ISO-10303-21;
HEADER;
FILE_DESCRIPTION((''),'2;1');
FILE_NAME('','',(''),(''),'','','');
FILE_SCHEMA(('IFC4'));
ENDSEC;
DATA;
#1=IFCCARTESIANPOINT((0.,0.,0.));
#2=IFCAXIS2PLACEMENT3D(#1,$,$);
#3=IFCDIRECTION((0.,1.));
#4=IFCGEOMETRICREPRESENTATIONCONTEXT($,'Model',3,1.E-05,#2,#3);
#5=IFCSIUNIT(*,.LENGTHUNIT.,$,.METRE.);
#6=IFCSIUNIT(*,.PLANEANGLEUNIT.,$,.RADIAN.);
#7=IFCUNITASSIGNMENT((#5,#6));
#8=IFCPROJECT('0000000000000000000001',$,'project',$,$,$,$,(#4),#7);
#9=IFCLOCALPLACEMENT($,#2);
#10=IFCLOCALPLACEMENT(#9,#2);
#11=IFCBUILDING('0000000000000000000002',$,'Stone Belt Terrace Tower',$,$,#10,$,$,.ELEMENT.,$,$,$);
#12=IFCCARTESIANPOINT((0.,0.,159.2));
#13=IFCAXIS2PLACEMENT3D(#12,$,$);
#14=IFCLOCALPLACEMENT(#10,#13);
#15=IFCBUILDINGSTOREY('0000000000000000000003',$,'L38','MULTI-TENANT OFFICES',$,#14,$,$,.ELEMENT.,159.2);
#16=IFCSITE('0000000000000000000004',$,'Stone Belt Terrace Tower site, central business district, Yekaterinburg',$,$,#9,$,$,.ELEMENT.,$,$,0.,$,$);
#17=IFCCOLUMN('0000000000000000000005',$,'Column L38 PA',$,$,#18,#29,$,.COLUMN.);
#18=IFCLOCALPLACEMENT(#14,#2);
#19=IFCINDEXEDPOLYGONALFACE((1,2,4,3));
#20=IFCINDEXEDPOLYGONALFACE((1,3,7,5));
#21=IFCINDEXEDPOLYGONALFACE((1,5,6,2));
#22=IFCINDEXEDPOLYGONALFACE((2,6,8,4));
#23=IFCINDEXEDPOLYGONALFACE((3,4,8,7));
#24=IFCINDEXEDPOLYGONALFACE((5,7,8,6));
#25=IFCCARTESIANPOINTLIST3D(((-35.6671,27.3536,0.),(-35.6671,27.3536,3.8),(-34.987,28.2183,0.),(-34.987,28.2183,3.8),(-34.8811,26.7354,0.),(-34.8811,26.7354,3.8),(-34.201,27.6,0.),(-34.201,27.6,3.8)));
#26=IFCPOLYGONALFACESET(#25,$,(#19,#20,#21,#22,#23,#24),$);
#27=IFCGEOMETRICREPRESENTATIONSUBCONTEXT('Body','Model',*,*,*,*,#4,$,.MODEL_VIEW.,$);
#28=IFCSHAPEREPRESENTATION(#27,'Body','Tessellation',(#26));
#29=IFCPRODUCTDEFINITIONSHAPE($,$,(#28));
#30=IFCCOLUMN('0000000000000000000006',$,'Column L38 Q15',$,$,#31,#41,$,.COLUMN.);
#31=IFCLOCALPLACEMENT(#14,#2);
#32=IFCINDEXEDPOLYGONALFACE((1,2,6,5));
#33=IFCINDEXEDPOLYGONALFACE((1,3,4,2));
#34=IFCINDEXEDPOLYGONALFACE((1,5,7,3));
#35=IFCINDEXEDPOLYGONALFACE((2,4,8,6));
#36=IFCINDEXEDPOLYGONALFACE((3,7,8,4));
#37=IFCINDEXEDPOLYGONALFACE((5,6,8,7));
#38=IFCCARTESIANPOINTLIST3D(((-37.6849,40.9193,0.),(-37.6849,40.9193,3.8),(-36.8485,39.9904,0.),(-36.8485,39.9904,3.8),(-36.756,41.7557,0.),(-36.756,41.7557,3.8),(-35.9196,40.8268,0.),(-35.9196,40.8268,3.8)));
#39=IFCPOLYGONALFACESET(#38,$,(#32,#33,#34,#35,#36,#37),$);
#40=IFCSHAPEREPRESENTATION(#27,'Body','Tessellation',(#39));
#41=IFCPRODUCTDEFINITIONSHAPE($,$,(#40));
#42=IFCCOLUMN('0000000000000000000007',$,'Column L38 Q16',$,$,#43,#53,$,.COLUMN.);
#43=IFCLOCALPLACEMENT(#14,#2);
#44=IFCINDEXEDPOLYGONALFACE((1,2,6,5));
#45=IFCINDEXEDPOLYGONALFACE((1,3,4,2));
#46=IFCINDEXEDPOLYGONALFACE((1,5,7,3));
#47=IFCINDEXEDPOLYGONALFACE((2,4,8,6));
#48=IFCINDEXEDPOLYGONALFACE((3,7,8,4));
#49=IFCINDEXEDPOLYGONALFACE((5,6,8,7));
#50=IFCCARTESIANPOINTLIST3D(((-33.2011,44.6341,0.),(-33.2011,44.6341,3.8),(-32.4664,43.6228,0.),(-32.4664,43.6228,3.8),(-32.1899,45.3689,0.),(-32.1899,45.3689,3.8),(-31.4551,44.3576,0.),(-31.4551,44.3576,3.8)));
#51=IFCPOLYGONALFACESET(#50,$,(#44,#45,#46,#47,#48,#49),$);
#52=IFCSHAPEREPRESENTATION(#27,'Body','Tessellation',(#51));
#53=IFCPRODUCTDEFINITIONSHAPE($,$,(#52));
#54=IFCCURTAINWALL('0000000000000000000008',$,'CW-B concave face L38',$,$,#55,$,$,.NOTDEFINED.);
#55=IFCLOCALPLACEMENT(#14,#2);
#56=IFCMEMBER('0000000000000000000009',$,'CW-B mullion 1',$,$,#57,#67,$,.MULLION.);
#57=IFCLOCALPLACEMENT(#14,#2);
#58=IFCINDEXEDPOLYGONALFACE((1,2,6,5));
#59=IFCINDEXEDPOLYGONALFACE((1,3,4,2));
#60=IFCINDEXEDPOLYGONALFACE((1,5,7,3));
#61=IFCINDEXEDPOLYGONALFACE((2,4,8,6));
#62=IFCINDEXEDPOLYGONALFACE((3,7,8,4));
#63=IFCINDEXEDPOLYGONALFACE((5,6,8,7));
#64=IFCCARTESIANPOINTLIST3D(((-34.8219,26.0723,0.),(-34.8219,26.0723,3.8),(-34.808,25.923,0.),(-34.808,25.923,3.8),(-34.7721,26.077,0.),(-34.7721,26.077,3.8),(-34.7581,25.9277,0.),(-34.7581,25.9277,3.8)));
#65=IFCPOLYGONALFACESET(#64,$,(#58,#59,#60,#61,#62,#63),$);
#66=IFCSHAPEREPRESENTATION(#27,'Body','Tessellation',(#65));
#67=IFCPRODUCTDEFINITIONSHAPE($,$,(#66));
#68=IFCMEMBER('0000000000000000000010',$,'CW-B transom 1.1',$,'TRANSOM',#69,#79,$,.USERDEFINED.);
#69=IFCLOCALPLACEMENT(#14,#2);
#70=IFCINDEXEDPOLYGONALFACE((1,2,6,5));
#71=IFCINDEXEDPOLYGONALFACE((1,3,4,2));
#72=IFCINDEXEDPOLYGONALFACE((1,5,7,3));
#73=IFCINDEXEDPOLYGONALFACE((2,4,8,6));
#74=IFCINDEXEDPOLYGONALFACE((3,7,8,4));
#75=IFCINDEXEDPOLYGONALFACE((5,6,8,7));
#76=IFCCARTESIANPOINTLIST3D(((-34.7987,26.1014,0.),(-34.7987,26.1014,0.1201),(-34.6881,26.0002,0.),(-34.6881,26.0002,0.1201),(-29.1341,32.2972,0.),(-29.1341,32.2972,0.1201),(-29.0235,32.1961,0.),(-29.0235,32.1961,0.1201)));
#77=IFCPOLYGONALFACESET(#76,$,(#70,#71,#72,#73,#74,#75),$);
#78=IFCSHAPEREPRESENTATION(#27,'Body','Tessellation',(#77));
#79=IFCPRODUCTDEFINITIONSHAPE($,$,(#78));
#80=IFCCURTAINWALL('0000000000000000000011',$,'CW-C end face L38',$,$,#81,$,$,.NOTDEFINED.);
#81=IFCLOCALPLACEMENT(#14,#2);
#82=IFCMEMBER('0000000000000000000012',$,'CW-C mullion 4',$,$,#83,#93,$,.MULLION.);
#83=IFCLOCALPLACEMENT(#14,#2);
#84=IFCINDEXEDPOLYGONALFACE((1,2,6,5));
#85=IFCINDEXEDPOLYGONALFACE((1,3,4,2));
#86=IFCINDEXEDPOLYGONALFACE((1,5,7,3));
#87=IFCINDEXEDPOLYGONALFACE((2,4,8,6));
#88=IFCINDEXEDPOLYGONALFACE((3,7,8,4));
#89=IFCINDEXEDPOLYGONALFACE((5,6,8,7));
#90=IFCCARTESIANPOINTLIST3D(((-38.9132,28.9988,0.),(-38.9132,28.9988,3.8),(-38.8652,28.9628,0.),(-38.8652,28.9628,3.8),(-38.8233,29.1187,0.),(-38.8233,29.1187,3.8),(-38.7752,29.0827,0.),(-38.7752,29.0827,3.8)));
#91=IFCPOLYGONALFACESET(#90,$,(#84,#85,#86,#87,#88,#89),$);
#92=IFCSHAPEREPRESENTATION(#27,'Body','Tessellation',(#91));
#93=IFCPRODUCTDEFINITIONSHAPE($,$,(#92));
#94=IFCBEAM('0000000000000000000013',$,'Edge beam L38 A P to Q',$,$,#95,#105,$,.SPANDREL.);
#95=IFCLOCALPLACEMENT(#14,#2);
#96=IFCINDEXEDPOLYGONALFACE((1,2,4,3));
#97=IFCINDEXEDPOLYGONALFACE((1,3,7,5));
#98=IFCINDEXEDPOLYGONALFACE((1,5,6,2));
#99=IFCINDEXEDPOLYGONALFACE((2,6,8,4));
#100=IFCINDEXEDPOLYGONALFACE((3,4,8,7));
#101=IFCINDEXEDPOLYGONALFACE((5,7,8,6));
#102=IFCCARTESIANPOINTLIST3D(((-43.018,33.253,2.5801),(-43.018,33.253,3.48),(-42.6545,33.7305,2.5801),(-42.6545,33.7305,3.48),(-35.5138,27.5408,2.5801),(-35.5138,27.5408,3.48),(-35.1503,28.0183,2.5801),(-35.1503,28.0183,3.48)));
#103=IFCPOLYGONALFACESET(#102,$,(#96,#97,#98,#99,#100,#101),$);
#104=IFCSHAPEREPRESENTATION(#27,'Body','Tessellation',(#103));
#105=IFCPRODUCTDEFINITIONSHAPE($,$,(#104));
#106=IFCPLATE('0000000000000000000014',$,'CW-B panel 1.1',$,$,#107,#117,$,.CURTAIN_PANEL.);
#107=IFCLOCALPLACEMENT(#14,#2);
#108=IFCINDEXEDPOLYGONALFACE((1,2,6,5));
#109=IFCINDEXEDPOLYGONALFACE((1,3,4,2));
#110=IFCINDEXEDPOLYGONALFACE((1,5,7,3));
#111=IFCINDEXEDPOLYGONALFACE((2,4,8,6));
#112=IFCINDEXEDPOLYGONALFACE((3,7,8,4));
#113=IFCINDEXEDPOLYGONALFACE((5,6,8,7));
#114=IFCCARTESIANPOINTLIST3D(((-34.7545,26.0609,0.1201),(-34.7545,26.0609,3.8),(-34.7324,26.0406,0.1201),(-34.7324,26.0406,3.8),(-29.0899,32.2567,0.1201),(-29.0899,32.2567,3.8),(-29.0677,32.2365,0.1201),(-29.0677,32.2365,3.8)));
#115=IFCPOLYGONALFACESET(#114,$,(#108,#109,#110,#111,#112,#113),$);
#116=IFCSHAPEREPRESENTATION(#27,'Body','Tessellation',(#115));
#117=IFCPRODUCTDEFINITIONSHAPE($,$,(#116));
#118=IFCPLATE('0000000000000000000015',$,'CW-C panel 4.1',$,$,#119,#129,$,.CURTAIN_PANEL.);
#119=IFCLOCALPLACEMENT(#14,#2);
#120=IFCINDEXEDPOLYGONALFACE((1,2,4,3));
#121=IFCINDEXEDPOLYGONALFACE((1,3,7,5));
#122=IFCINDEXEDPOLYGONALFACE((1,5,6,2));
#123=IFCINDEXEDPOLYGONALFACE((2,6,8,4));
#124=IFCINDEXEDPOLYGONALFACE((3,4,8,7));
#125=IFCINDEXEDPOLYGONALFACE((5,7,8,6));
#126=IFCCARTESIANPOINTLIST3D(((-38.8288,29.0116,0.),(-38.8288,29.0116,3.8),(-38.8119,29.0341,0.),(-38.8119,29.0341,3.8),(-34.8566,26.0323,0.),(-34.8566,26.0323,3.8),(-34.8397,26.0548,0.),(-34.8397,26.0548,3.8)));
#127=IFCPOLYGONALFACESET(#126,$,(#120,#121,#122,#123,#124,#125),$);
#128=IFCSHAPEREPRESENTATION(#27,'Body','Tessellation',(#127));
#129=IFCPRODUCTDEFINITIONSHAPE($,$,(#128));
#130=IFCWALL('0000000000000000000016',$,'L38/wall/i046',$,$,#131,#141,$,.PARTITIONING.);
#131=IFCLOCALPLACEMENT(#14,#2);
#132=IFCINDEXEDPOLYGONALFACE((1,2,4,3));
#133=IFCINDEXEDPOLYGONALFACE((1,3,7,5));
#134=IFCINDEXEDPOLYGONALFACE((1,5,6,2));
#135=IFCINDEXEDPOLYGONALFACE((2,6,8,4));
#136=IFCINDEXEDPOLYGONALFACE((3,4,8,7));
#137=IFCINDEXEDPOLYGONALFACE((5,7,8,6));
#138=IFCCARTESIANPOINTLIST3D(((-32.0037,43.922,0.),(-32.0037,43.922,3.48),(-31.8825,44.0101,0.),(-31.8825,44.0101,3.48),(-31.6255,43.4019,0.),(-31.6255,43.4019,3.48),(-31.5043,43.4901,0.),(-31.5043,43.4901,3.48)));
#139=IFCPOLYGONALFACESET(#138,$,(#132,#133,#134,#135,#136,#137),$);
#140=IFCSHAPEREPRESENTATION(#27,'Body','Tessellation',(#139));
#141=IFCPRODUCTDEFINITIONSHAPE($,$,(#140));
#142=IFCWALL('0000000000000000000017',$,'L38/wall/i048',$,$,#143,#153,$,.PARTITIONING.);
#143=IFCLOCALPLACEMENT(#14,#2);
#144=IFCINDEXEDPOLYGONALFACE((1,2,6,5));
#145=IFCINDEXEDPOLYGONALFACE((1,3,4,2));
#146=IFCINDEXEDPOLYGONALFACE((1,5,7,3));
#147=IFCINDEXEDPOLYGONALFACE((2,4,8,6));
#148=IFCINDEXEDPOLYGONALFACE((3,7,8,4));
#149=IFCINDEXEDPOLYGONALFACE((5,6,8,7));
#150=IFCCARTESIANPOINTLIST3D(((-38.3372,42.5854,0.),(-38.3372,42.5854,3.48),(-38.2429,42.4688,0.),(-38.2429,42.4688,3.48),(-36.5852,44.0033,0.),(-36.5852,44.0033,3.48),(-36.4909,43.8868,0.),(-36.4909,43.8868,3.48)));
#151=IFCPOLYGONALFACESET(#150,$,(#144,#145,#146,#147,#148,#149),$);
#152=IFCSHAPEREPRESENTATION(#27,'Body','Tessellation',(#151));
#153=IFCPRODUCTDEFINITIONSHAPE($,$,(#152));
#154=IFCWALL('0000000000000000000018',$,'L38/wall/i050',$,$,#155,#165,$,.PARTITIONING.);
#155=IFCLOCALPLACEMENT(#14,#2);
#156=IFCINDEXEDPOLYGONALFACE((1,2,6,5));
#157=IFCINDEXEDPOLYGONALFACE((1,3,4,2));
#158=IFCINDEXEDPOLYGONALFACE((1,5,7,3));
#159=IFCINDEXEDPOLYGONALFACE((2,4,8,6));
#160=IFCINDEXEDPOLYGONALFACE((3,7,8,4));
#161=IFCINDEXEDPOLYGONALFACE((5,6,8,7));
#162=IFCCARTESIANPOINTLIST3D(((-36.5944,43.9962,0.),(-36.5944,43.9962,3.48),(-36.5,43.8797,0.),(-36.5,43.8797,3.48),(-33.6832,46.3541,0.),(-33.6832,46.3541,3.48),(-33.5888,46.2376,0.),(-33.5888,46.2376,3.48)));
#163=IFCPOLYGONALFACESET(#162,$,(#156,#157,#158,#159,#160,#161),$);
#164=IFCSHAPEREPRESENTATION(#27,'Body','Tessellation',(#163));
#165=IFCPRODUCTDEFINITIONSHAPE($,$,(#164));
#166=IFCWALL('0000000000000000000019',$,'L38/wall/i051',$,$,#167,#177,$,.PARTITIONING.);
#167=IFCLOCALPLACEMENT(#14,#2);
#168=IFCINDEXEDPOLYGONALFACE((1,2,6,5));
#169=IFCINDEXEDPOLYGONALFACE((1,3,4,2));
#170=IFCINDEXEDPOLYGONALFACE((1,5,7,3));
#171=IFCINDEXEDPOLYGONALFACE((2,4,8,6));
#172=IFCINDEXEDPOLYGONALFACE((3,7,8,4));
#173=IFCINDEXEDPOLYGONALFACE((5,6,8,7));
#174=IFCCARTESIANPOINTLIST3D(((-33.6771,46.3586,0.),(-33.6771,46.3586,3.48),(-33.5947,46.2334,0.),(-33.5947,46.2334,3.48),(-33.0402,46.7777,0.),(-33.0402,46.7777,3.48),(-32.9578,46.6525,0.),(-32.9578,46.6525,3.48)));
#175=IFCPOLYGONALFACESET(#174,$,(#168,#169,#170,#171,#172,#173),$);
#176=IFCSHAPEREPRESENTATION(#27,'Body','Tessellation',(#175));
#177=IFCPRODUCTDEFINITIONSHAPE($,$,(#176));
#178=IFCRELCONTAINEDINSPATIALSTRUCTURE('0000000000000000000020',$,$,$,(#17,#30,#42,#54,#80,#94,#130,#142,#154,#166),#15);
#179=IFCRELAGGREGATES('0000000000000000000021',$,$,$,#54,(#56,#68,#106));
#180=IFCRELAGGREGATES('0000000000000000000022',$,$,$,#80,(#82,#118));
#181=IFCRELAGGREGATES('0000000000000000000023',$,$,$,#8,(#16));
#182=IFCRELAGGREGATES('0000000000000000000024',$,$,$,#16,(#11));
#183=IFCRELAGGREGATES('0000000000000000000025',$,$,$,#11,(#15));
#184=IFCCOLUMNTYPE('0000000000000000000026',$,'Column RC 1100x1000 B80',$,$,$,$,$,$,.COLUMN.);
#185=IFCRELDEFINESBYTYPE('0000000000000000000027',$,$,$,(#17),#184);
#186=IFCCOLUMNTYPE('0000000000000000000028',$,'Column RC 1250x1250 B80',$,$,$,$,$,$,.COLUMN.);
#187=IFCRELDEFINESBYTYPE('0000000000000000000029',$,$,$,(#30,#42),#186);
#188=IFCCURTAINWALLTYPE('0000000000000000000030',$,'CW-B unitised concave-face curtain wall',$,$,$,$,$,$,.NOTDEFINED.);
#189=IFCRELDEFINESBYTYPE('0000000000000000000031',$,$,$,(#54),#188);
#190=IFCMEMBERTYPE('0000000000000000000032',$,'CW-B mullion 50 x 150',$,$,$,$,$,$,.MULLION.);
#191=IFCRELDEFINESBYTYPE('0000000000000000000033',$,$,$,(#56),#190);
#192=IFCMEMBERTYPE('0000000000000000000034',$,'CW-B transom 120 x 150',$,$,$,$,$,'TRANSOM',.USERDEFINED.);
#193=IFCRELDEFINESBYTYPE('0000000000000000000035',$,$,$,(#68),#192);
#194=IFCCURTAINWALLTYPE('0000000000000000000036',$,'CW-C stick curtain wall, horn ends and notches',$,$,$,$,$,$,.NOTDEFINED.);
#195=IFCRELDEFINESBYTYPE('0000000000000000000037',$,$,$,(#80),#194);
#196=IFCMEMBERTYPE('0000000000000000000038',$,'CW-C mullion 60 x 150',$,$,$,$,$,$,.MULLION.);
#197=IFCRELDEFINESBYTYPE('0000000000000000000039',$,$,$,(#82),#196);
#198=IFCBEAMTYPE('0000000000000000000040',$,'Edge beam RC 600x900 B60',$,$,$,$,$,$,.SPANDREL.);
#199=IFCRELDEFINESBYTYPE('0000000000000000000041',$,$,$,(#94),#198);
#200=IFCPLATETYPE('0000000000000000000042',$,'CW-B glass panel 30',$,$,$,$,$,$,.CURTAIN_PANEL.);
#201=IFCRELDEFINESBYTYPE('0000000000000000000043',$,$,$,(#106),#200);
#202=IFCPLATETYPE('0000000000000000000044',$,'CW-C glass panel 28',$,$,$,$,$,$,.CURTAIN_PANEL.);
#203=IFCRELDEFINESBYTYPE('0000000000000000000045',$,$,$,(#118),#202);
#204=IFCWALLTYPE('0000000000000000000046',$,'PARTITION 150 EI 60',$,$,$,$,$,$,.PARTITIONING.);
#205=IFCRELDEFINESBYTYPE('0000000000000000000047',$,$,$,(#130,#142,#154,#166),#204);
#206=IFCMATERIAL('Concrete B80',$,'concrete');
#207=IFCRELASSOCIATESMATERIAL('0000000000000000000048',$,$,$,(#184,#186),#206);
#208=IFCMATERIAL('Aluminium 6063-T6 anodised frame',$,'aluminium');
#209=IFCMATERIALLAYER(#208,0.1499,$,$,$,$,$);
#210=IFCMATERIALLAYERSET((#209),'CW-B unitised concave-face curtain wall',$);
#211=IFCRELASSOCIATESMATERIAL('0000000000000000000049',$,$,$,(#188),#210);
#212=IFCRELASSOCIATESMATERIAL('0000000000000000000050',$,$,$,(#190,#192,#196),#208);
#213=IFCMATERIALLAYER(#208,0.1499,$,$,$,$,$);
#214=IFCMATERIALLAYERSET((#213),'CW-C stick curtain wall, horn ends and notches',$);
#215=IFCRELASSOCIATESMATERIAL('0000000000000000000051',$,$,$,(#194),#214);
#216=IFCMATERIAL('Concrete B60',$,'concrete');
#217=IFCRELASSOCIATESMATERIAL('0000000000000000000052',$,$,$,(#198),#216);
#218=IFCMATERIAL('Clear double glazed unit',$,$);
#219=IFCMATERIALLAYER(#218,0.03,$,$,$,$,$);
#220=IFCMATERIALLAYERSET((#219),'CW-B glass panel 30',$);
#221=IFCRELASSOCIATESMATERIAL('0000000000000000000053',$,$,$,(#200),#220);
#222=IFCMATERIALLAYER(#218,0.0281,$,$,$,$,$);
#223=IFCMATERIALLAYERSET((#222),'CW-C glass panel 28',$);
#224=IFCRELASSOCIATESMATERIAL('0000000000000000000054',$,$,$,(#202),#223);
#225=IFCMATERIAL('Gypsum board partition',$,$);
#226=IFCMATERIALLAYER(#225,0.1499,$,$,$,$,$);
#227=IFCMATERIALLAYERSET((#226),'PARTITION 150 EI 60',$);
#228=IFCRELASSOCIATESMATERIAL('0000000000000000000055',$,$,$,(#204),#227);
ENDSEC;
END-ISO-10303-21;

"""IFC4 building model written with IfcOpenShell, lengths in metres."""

from ifc_helpers import new_model, si_unit, direction, frame, frame_2d, origin, origin_2d, place, context, subcontext, project, spatial, rectangle, extrude, material, layer, layer_set, material_profile, profile_set, type_object, element, aggregate, save


model = new_model("IFC4")

# Units and contexts
model_context = context("Model", 3, precision=1e-05, world=origin(), true_north=direction((0.0, 1.0)))
body_context = subcontext(model_context, "Body", "Model", "MODEL_VIEW")
ifc_project = project(units=[si_unit("LENGTHUNIT", "METRE"), si_unit("PLANEANGLEUNIT", "RADIAN")], contexts=[model_context])

# Site, building, storey
site_placement = place(None, origin())
site = spatial("IfcSite", under=ifc_project, at=site_placement, Name="Stone Belt Terrace Tower site, central business district, Yekaterinburg", CompositionType="ELEMENT", RefElevation=0.0)
building_placement = place(site_placement, origin())
building = spatial("IfcBuilding", under=site, at=building_placement, Name="Stone Belt Terrace Tower", CompositionType="ELEMENT")
storey_placement = place(building_placement, frame((0.0, 0.0, 159.2)))
storey = spatial("IfcBuildingStorey", under=building, at=storey_placement, Name="L38", Description="MULTI-TENANT OFFICES", CompositionType="ELEMENT", Elevation=159.2)

# Columns
ifc_material_1 = material(Name="Concrete B80", Category="concrete")
ifc_material_profile_1 = material_profile(ifc_material_1, rectangle(XDim=1.1001, YDim=1.0, at=origin_2d()), Name="RC 1100x1000")
ifc_profile_set_1 = profile_set([ifc_material_profile_1], Name="Concrete B80")
column_type_1 = type_object("IfcColumnType", Name="Column RC 1100x1000 B80", PredefinedType="COLUMN", material=ifc_profile_set_1)
column_placement = place(storey_placement, frame((-34.9341, 27.4768, 0.0), z_axis=(0.0, 0.0, 1.0), x_axis=(0.618218, 0.786007, 0.0)))
element("IfcColumn", 1, at=column_placement, inside=storey, type_object=column_type_1, Name="Column L38 PA", PredefinedType="COLUMN", context=body_context, shape_type="SweptSolid", body=[
    extrude(rectangle(XDim=1.1001, YDim=1.0, at=origin_2d()), origin(), (0.0, 0.0, 1.0), 3.8),
])
ifc_material_profile_2 = material_profile(ifc_material_1, rectangle(XDim=1.25, YDim=1.25, at=origin_2d()), Name="RC 1250x1250")
ifc_profile_set_2 = profile_set([ifc_material_profile_2], Name="Concrete B80")
column_type_2 = type_object("IfcColumnType", Name="Column RC 1250x1250 B80", PredefinedType="COLUMN", material=ifc_profile_set_2)
for number, where, z_axis, x_axis, name in (
    (2, (-36.8022, 40.873, 0.0), (0.0, 0.0, 1.0), (0.743145, 0.669131, 0.0), "Column L38 Q15"),
    (3, (-32.3281, 44.4958, 0.0), (0.0, 0.0, 1.0), (0.809017, 0.587785, 0.0), "Column L38 Q16"),
):
    element("IfcColumn", number, at=place(storey_placement, frame(where, z_axis=z_axis, x_axis=x_axis)), inside=storey, type_object=column_type_2, Name=name, PredefinedType="COLUMN", context=body_context, shape_type="SweptSolid", body=[
        extrude(rectangle(XDim=1.25, YDim=1.25, at=origin_2d()), origin(), (0.0, 0.0, 1.0), 3.8),
    ])

# Curtain wall, members
ifc_material_2 = material(Name="Aluminium 6063-T6 anodised frame", Category="aluminium")
ifc_layer_1 = layer(ifc_material_2, 0.1499)
ifc_layer_set_1 = layer_set([ifc_layer_1], Name="CW-B unitised concave-face curtain wall")
curtain_wall_type_1 = type_object("IfcCurtainWallType", Name="CW-B unitised concave-face curtain wall", PredefinedType="NOTDEFINED", material=ifc_layer_set_1)
curtain_wall_1_placement = place(storey_placement, origin())
curtain_wall_1 = element("IfcCurtainWall", 4, at=curtain_wall_1_placement, inside=storey, type_object=curtain_wall_type_1, Name="CW-B concave face L38", PredefinedType="NOTDEFINED")
ifc_material_profile_3 = material_profile(ifc_material_2, rectangle(XDim=0.1499, YDim=0.05, at=origin_2d()), Name="Aluminium 6063-T6 50x150")
ifc_profile_set_3 = profile_set([ifc_material_profile_3], Name="Aluminium 6063-T6 anodised frame")
member_type_1 = type_object("IfcMemberType", Name="CW-B mullion 50 x 150", PredefinedType="MULLION", material=ifc_profile_set_3)
member_1_placement = place(storey_placement, frame((-34.79, 26.0, 0.0), z_axis=(0.0, 0.0, 1.0), x_axis=(-0.093181, 0.995649, 0.0)))
member_1 = element("IfcMember", 5, at=member_1_placement, type_object=member_type_1, Name="CW-B mullion 1", PredefinedType="MULLION", context=body_context, shape_type="SweptSolid", body=[
    extrude(rectangle(XDim=0.1499, YDim=0.05, at=origin_2d()), origin(), (0.0, 0.0, 1.0), 3.8),
])
ifc_material_profile_4 = material_profile(ifc_material_2, rectangle(XDim=0.1499, YDim=0.1201, at=origin_2d()), Name="Aluminium 6063-T6 150x120")
ifc_profile_set_4 = profile_set([ifc_material_profile_4], Name="Aluminium 6063-T6 anodised frame")
member_type_2 = type_object("IfcMemberType", Name="CW-B transom 120 x 150", ElementType="TRANSOM", PredefinedType="USERDEFINED", material=ifc_profile_set_4)
member_2_placement = place(storey_placement, frame((-34.7434, 26.0508, 0.0601), z_axis=(0.674757, 0.73804, 0.0), x_axis=(-0.73804, 0.674757, 0.0)))
member_2 = element("IfcMember", 6, at=member_2_placement, type_object=member_type_2, Name="CW-B transom 1.1", ObjectType="TRANSOM", PredefinedType="USERDEFINED", context=body_context, shape_type="SweptSolid", body=[
    extrude(rectangle(XDim=0.1499, YDim=0.1201, at=origin_2d()), origin(), (0.0, 0.0, 1.0), 8.395),
])

# Curtain wall, member
ifc_layer_2 = layer(ifc_material_2, 0.1499)
ifc_layer_set_2 = layer_set([ifc_layer_2], Name="CW-C stick curtain wall, horn ends and notches")
curtain_wall_type_2 = type_object("IfcCurtainWallType", Name="CW-C stick curtain wall, horn ends and notches", PredefinedType="NOTDEFINED", material=ifc_layer_set_2)
curtain_wall_2_placement = place(storey_placement, origin())
curtain_wall_2 = element("IfcCurtainWall", 7, at=curtain_wall_2_placement, inside=storey, type_object=curtain_wall_type_2, Name="CW-C end face L38", PredefinedType="NOTDEFINED")
ifc_material_profile_5 = material_profile(ifc_material_2, rectangle(XDim=0.1499, YDim=0.0601, at=origin_2d()), Name="Aluminium 6063-T6 60x150")
ifc_profile_set_5 = profile_set([ifc_material_profile_5], Name="Aluminium 6063-T6 anodised frame")
member_type_3 = type_object("IfcMemberType", Name="CW-C mullion 60 x 150", PredefinedType="MULLION", material=ifc_profile_set_5)
member_3_placement = place(storey_placement, frame((-38.8442, 29.0408, 0.0), z_axis=(0.0, 0.0, 1.0), x_axis=(0.600018, 0.799987, 0.0)))
member_3 = element("IfcMember", 8, at=member_3_placement, type_object=member_type_3, Name="CW-C mullion 4", PredefinedType="MULLION", context=body_context, shape_type="SweptSolid", body=[
    extrude(rectangle(XDim=0.1499, YDim=0.0601, at=origin_2d()), origin(), (0.0, 0.0, 1.0), 3.8),
])

# Beam
ifc_material_3 = material(Name="Concrete B60", Category="concrete")
ifc_material_profile_6 = material_profile(ifc_material_3, rectangle(XDim=0.6001, YDim=0.8999, at=origin_2d()), Name="RC 600x900")
ifc_profile_set_6 = profile_set([ifc_material_profile_6], Name="Concrete B60")
beam_type = type_object("IfcBeamType", Name="Edge beam RC 600x900 B60", PredefinedType="SPANDREL", material=ifc_profile_set_6)
beam_placement = place(storey_placement, frame((-35.332, 27.7795, 3.03), z_axis=(-0.795702, 0.605688, 0.0), x_axis=(-0.605688, -0.795702, 0.0)))
element("IfcBeam", 9, at=beam_placement, inside=storey, type_object=beam_type, Name="Edge beam L38 A P to Q", PredefinedType="SPANDREL", context=body_context, shape_type="SweptSolid", body=[
    extrude(rectangle(XDim=0.6001, YDim=0.8999, at=origin_2d()), origin(), (0.0, 0.0, 1.0), 9.4309),
])

# Plates
ifc_material_4 = material(Name="Clear double glazed unit")
ifc_layer_3 = layer(ifc_material_4, 0.03)
ifc_layer_set_3 = layer_set([ifc_layer_3], Name="CW-B glass panel 30")
plate_type_1 = type_object("IfcPlateType", Name="CW-B glass panel 30", PredefinedType="CURTAIN_PANEL", material=ifc_layer_set_3)
plate_1_placement = place(storey_placement, frame((-31.9111, 29.1487, 0.1201), z_axis=(0.0, 0.0, 1.0), x_axis=(0.674761, 0.738036, 0.0)))
plate_1 = element("IfcPlate", 10, at=plate_1_placement, type_object=plate_type_1, Name="CW-B panel 1.1", PredefinedType="CURTAIN_PANEL", context=body_context, shape_type="SweptSolid", body=[
    extrude(rectangle(XDim=8.395, YDim=0.03, at=origin_2d()), origin(), (0.0, 0.0, 1.0), 3.6799),
])
aggregate(curtain_wall_1, [member_1, member_2, plate_1])
ifc_layer_4 = layer(ifc_material_4, 0.0281)
ifc_layer_set_4 = layer_set([ifc_layer_4], Name="CW-C glass panel 28")
plate_type_2 = type_object("IfcPlateType", Name="CW-C glass panel 28", PredefinedType="CURTAIN_PANEL", material=ifc_layer_set_4)
plate_2_placement = place(storey_placement, frame((-36.8342, 27.5332, 0.0), z_axis=(0.0, 0.0, 1.0), x_axis=(0.799987, -0.600018, 0.0)))
plate_2 = element("IfcPlate", 11, at=plate_2_placement, type_object=plate_type_2, Name="CW-C panel 4.1", PredefinedType="CURTAIN_PANEL", context=body_context, shape_type="SweptSolid", body=[
    extrude(rectangle(XDim=4.9653, YDim=0.0281, at=origin_2d()), origin(), (0.0, 0.0, 1.0), 3.8),
])
aggregate(curtain_wall_2, [member_3, plate_2])

# Walls
ifc_material_5 = material(Name="Gypsum board partition")
ifc_layer_5 = layer(ifc_material_5, 0.1499)
ifc_layer_set_5 = layer_set([ifc_layer_5], Name="PARTITION 150 EI 60")
wall_type_1 = type_object("IfcWallType", Name="PARTITION 150 EI 60", PredefinedType="PARTITIONING", material=ifc_layer_set_5)
wall_1_placement = place(storey_placement, frame((-31.9431, 43.9661, 0.0), z_axis=(0.0, 0.0, 1.0), x_axis=(0.588149, -0.808753, 0.0)))
element("IfcWall", 12, at=wall_1_placement, inside=storey, type_object=wall_type_1, Name="L38/wall/i046", PredefinedType="PARTITIONING", context=body_context, shape_type="SweptSolid", body=[
    extrude(rectangle(XDim=0.6431, YDim=0.1499, at=frame_2d((0.3215, 0.0))), origin(), (0.0, 0.0, 1.0), 3.48),
])
wall_2_placement = place(storey_placement, frame((-38.29, 42.5271, 0.0), z_axis=(0.0, 0.0, 1.0), x_axis=(0.777305, 0.629123, 0.0)))
element("IfcWall", 13, at=wall_2_placement, inside=storey, type_object=wall_type_1, Name="L38/wall/i048", PredefinedType="PARTITIONING", context=body_context, shape_type="SweptSolid", body=[
    extrude(rectangle(XDim=2.2539, YDim=0.1499, at=frame_2d((1.127, 0.0))), origin(), (0.0, 0.0, 1.0), 3.48),
])
wall_3_placement = place(storey_placement, frame((-36.5471, 43.938, 0.0), z_axis=(0.0, 0.0, 1.0), x_axis=(0.777078, 0.629404, 0.0)))
element("IfcWall", 14, at=wall_3_placement, inside=storey, type_object=wall_type_1, Name="L38/wall/i050", PredefinedType="PARTITIONING", context=body_context, shape_type="SweptSolid", body=[
    extrude(rectangle(XDim=3.7463, YDim=0.1499, at=frame_2d((1.873, 0.0))), origin(), (0.0, 0.0, 1.0), 3.48),
])
wall_4_placement = place(storey_placement, frame((-33.636, 46.2959, 0.0), z_axis=(0.0, 0.0, 1.0), x_axis=(0.835336, 0.54974, 0.0)))
element("IfcWall", 15, at=wall_4_placement, inside=storey, type_object=wall_type_1, Name="L38/wall/i051", PredefinedType="PARTITIONING", context=body_context, shape_type="SweptSolid", body=[
    extrude(rectangle(XDim=0.7625, YDim=0.1499, at=frame_2d((0.3813, 0.0))), origin(), (0.0, 0.0, 1.0), 3.48),
])

save(model, "model.ifc")
